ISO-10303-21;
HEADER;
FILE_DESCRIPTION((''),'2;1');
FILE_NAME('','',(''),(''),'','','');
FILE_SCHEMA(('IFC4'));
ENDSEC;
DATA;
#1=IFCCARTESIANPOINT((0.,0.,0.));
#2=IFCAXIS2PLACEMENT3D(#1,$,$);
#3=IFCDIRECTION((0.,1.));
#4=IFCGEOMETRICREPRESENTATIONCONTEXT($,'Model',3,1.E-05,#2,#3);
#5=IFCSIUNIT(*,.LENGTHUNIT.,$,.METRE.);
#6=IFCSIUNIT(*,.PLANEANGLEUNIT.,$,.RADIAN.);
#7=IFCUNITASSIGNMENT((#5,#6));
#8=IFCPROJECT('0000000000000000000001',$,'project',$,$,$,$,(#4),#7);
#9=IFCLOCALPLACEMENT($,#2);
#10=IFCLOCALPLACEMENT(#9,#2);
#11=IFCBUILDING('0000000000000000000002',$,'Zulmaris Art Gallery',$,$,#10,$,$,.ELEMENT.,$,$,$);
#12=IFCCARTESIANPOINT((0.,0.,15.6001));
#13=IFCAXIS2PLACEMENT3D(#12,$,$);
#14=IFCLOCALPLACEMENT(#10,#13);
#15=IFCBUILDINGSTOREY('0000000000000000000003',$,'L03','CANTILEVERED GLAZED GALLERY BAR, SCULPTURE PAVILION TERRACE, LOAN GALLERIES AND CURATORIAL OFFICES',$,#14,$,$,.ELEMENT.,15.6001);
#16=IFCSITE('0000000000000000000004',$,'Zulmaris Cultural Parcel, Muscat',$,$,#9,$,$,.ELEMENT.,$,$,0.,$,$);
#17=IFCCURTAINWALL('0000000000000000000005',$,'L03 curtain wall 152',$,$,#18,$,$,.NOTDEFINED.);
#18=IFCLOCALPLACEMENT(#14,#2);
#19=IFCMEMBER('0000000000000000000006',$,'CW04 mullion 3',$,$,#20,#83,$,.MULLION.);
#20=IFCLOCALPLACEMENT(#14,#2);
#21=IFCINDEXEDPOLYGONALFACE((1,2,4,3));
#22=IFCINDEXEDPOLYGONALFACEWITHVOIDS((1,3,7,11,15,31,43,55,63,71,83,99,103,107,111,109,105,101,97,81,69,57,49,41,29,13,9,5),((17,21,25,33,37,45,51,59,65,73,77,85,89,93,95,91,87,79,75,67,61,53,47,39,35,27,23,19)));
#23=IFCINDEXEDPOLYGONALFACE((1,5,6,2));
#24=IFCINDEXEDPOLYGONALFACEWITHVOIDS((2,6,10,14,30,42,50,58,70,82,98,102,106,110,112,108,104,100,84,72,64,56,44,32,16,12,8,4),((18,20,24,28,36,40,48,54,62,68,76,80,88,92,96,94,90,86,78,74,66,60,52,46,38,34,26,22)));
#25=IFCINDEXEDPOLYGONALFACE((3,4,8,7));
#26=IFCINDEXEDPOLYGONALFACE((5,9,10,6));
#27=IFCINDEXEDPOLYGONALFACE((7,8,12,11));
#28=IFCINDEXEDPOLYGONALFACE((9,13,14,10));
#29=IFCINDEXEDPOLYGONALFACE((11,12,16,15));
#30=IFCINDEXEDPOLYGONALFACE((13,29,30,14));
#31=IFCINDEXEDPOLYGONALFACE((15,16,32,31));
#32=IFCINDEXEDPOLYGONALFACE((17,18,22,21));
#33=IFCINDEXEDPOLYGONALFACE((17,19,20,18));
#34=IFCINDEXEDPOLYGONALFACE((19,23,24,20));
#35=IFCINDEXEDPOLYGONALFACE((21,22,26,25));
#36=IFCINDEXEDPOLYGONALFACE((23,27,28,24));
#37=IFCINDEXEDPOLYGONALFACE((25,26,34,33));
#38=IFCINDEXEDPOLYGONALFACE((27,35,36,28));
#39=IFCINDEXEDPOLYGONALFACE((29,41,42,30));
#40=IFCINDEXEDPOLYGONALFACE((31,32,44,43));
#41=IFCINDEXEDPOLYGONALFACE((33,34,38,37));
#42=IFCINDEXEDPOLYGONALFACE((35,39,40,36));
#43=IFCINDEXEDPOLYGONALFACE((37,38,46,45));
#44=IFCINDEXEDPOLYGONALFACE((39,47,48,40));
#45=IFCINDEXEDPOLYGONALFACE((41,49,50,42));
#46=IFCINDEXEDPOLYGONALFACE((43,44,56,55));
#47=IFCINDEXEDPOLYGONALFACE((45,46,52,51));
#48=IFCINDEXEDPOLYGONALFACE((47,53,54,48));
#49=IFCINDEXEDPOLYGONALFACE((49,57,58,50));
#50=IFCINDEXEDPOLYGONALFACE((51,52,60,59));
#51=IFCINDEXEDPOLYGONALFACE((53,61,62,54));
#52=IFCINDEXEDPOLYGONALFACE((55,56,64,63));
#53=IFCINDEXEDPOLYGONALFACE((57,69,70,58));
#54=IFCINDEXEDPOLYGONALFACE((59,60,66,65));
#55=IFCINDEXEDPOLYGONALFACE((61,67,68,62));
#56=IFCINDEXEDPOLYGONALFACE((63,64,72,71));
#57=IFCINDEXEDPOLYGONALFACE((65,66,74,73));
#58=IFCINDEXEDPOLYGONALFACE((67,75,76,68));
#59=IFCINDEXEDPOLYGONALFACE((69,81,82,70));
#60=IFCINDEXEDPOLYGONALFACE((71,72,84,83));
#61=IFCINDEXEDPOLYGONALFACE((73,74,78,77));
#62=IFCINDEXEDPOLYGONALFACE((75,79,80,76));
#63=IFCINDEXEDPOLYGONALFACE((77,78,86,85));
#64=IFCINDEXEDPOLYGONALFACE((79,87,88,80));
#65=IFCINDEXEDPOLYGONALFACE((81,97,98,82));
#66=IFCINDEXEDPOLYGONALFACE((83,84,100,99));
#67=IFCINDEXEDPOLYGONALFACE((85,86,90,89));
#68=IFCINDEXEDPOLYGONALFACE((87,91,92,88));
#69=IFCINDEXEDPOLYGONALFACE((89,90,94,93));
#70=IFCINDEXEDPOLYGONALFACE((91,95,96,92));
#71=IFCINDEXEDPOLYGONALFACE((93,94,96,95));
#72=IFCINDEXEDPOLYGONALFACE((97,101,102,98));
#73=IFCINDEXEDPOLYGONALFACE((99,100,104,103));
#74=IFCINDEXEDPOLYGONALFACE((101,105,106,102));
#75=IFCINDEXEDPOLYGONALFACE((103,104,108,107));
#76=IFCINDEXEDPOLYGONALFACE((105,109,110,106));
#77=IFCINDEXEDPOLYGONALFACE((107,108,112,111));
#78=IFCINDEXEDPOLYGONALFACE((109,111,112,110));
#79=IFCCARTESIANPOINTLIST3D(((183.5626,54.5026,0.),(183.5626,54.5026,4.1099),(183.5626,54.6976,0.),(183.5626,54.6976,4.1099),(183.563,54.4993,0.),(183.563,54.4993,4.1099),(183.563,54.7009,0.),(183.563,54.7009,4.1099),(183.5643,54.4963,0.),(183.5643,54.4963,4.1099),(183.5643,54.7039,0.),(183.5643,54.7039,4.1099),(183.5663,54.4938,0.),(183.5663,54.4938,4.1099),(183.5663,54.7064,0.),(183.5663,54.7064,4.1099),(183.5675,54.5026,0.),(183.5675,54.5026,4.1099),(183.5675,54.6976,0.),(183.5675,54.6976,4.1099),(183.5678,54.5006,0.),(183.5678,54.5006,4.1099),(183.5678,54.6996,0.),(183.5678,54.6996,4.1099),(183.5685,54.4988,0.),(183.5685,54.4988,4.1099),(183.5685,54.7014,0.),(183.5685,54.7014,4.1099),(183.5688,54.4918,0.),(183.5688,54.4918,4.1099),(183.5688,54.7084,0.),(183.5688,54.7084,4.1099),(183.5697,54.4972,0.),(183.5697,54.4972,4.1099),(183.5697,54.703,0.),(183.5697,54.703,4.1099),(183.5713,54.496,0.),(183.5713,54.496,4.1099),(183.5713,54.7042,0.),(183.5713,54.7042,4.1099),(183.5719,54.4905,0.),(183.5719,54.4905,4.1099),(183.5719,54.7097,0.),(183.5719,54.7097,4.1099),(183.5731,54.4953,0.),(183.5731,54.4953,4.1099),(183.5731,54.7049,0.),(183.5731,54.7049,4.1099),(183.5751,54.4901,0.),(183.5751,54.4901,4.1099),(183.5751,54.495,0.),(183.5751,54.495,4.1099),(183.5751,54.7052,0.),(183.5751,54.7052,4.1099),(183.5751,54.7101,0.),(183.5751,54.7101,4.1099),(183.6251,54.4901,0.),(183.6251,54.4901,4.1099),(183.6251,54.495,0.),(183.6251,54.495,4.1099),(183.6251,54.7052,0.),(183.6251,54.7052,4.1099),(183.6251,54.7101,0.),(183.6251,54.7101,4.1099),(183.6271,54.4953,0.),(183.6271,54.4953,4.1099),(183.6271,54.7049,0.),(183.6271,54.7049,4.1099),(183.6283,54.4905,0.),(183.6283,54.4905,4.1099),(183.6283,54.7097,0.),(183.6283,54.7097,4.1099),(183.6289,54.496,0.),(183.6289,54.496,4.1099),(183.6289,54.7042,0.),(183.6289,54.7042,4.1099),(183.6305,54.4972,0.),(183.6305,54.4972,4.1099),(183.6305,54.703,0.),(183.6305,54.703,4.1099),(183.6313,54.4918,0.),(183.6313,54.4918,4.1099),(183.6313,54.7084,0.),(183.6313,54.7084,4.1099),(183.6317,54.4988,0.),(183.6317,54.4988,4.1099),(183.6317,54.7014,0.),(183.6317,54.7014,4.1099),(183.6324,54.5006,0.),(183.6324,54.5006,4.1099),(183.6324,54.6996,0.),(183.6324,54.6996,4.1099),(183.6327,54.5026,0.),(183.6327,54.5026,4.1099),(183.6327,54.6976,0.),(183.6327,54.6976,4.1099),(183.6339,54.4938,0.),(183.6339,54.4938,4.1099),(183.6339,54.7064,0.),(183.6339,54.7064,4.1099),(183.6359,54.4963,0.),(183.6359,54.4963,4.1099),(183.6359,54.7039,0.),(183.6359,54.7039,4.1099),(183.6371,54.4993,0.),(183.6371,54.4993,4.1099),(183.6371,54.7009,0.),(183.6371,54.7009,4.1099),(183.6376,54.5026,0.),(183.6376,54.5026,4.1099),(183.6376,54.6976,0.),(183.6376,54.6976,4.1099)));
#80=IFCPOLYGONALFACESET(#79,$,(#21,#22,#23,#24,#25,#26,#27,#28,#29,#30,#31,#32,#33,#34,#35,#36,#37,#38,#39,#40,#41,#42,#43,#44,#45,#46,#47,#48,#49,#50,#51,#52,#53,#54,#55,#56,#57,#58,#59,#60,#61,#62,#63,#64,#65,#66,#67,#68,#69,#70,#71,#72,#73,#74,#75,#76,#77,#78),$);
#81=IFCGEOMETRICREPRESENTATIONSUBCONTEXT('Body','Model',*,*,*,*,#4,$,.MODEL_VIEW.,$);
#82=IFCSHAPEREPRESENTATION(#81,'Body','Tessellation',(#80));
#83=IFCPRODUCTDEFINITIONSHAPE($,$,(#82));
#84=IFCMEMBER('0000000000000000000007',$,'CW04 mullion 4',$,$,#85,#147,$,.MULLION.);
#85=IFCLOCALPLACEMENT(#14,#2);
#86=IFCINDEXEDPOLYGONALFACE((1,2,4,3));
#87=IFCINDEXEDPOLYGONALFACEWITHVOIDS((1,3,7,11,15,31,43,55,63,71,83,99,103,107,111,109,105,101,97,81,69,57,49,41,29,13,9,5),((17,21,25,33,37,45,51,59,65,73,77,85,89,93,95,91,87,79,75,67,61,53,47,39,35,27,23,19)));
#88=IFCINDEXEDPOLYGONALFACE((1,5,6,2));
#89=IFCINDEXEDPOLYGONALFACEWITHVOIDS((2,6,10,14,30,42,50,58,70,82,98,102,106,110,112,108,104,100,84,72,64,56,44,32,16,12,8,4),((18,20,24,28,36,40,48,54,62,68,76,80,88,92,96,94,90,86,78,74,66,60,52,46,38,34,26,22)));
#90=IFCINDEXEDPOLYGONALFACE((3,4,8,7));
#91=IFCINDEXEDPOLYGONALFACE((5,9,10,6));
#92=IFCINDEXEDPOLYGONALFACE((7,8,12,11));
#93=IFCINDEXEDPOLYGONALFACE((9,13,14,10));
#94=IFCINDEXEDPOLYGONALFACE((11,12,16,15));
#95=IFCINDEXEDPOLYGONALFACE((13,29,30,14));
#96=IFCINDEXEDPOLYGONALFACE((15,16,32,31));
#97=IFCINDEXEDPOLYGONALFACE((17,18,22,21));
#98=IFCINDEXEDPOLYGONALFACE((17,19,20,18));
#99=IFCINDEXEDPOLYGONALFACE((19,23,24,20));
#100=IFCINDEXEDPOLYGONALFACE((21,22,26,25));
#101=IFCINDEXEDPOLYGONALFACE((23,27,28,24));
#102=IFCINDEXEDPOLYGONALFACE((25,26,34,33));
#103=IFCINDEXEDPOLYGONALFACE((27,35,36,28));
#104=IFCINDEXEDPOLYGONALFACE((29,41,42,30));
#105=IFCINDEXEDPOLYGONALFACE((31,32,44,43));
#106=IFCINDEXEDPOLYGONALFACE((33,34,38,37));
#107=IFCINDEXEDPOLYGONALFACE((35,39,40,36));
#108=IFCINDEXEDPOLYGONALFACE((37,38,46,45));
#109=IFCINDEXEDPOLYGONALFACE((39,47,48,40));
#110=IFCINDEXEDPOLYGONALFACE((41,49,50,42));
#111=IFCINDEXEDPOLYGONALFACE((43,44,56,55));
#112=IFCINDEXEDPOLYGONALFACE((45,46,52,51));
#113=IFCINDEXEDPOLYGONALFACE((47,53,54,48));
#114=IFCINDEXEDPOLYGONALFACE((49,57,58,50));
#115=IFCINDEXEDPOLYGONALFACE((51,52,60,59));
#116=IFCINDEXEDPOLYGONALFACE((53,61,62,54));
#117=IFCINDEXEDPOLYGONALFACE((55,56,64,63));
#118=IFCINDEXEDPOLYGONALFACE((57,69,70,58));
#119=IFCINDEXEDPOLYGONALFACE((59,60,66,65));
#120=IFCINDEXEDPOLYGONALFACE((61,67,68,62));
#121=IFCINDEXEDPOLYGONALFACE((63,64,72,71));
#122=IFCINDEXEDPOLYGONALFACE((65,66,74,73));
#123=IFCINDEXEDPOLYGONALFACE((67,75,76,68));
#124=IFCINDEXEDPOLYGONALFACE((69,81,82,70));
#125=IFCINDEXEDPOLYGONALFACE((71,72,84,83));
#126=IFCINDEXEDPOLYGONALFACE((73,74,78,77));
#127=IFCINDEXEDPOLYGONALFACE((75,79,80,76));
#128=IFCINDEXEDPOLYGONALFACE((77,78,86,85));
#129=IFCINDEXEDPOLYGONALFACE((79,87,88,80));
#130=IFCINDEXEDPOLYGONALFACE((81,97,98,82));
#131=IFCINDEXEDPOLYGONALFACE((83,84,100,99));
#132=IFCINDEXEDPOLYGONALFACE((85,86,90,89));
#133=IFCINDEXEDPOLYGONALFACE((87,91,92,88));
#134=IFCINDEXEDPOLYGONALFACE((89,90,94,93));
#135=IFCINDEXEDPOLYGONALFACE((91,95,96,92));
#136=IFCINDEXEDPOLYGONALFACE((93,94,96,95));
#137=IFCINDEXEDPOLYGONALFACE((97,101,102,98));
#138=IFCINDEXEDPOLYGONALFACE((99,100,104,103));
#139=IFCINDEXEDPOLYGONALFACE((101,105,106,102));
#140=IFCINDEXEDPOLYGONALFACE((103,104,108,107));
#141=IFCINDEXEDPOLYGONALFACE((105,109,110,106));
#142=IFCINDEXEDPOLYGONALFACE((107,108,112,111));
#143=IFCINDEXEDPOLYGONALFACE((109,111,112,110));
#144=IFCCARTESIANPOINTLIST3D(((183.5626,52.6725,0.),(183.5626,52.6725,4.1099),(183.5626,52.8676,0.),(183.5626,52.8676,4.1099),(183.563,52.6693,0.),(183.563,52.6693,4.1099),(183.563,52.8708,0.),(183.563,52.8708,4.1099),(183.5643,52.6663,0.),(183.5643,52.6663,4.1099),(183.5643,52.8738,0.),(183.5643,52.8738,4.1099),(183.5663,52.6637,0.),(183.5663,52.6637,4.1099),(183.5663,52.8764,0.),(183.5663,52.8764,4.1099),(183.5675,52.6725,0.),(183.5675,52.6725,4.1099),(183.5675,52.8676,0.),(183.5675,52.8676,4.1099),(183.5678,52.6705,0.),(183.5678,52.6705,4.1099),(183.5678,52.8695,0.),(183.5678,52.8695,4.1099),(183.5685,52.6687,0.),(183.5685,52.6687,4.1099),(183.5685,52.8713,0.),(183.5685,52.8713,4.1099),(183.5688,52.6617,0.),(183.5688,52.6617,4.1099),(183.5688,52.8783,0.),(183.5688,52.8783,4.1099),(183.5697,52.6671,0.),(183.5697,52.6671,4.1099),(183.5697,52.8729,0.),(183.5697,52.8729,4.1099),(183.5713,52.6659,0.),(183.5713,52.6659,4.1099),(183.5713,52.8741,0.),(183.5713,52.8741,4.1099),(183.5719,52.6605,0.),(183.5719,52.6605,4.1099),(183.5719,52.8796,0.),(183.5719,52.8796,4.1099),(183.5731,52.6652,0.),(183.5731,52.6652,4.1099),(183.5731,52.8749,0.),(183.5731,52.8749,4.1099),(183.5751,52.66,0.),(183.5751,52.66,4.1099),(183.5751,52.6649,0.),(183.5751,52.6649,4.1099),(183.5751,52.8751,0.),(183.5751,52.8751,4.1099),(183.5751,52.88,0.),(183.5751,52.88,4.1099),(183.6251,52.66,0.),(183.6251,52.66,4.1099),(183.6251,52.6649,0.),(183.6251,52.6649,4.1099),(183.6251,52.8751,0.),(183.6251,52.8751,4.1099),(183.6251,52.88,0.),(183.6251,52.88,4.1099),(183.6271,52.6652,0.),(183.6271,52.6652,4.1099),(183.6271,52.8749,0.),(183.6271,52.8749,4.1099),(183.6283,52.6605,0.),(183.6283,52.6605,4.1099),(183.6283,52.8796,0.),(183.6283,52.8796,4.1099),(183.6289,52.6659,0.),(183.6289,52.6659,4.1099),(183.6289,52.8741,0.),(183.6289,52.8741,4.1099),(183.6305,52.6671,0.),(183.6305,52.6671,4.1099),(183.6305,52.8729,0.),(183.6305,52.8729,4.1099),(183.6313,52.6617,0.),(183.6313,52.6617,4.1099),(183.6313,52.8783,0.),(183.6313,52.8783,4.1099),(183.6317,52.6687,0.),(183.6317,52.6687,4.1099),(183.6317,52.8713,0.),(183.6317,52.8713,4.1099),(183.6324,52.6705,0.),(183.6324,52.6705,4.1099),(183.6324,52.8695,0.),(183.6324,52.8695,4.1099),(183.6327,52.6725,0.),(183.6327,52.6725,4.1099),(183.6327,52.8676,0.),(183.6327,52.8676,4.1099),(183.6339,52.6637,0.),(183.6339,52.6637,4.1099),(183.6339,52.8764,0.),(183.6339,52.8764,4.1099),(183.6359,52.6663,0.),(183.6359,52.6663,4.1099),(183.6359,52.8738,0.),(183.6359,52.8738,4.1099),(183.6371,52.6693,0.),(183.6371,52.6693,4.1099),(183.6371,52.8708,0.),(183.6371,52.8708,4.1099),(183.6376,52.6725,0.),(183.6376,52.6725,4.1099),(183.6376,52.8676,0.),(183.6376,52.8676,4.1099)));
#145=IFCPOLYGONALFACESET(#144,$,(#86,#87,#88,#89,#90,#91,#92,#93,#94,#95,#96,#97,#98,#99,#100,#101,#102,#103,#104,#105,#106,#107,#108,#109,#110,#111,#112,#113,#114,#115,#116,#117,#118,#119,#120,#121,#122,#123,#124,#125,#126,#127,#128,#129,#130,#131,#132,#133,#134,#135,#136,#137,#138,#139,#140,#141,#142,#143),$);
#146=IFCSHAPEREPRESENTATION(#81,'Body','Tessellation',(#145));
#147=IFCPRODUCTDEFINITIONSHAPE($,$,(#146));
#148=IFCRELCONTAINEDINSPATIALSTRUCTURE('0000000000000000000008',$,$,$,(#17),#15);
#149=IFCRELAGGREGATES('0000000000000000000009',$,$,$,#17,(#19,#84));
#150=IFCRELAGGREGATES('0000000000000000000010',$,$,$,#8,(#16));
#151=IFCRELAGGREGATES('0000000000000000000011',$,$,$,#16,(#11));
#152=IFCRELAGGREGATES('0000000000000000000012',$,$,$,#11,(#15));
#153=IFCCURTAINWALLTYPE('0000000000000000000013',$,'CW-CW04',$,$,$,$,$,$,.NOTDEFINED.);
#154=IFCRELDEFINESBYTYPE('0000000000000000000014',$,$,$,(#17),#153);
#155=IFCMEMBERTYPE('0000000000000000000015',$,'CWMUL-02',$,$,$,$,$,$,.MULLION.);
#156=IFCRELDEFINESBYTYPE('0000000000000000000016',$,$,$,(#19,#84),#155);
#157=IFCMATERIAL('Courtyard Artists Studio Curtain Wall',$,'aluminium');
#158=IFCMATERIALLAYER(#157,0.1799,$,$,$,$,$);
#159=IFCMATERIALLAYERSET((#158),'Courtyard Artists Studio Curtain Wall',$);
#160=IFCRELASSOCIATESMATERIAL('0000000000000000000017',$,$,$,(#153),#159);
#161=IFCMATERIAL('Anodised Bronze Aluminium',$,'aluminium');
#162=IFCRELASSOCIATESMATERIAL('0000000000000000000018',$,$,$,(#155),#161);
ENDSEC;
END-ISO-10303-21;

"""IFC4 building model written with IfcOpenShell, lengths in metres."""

from ifc_helpers import new_model, si_unit, direction, frame, origin, origin_2d, place, context, subcontext, project, spatial, hollow_rectangle, extrude, material, layer, layer_set, material_profile, profile_set, type_object, element, aggregate, save


model = new_model("IFC4")

# Units and contexts
model_context = context("Model", 3, precision=1e-05, world=origin(), true_north=direction((0.0, 1.0)))
body_context = subcontext(model_context, "Body", "Model", "MODEL_VIEW")
ifc_project = project(units=[si_unit("LENGTHUNIT", "METRE"), si_unit("PLANEANGLEUNIT", "RADIAN")], contexts=[model_context])

# Site, building, storey
site_placement = place(None, origin())
site = spatial("IfcSite", under=ifc_project, at=site_placement, Name="Zulmaris Cultural Parcel, Muscat", CompositionType="ELEMENT", RefElevation=0.0)
building_placement = place(site_placement, origin())
building = spatial("IfcBuilding", under=site, at=building_placement, Name="Zulmaris Art Gallery", CompositionType="ELEMENT")
storey_placement = place(building_placement, frame((0.0, 0.0, 15.6001)))
storey = spatial("IfcBuildingStorey", under=building, at=storey_placement, Name="L03", Description="CANTILEVERED GLAZED GALLERY BAR, SCULPTURE PAVILION TERRACE, LOAN GALLERIES AND CURATORIAL OFFICES", CompositionType="ELEMENT", Elevation=15.6001)

# Curtain wall, members
ifc_material_1 = material(Name="Courtyard Artists Studio Curtain Wall", Category="aluminium")
ifc_layer_1 = layer(ifc_material_1, 0.1799)
ifc_layer_set_1 = layer_set([ifc_layer_1], Name="Courtyard Artists Studio Curtain Wall")
curtain_wall_type = type_object("IfcCurtainWallType", Name="CW-CW04", PredefinedType="NOTDEFINED", material=ifc_layer_set_1)
curtain_wall_placement = place(storey_placement, origin())
curtain_wall = element("IfcCurtainWall", 1, at=curtain_wall_placement, inside=storey, type_object=curtain_wall_type, Name="L03 curtain wall 152", PredefinedType="NOTDEFINED")
ifc_material_2 = material(Name="Anodised Bronze Aluminium", Category="aluminium")
ifc_material_profile_1 = material_profile(ifc_material_2, hollow_rectangle(XDim=0.075, YDim=0.22, WallThickness=0.0049, InnerFilletRadius=0.0076, OuterFilletRadius=0.0125, at=origin_2d()), Name="ALU 75x220x5")
ifc_profile_set_1 = profile_set([ifc_material_profile_1], Name="Anodised Bronze Aluminium")
member_type_1 = type_object("IfcMemberType", Name="CWMUL-02", PredefinedType="MULLION", material=ifc_profile_set_1)
member_1_placement = place(storey_placement, frame((183.6001, 54.6001, 0.0), z_axis=(0.0, 0.0, 1.0), x_axis=(1.0, 0.0, 0.0)))
member_1 = element("IfcMember", 2, at=member_1_placement, type_object=member_type_1, Name="CW04 mullion 3", PredefinedType="MULLION", context=body_context, shape_type="SweptSolid", body=[
    extrude(hollow_rectangle(XDim=0.075, YDim=0.22, WallThickness=0.0049, InnerFilletRadius=0.0076, OuterFilletRadius=0.0125, at=origin_2d()), origin(), (0.0, 0.0, 1.0), 4.1099),
])
member_2_placement = place(storey_placement, frame((183.6001, 52.77, 0.0), z_axis=(0.0, 0.0, 1.0), x_axis=(1.0, 0.0, 0.0)))
member_2 = element("IfcMember", 3, at=member_2_placement, type_object=member_type_1, Name="CW04 mullion 4", PredefinedType="MULLION", context=body_context, shape_type="SweptSolid", body=[
    extrude(hollow_rectangle(XDim=0.075, YDim=0.22, WallThickness=0.0049, InnerFilletRadius=0.0076, OuterFilletRadius=0.0125, at=origin_2d()), origin(), (0.0, 0.0, 1.0), 4.1099),
])
aggregate(curtain_wall, [member_1, member_2])

save(model, "model.ifc")
